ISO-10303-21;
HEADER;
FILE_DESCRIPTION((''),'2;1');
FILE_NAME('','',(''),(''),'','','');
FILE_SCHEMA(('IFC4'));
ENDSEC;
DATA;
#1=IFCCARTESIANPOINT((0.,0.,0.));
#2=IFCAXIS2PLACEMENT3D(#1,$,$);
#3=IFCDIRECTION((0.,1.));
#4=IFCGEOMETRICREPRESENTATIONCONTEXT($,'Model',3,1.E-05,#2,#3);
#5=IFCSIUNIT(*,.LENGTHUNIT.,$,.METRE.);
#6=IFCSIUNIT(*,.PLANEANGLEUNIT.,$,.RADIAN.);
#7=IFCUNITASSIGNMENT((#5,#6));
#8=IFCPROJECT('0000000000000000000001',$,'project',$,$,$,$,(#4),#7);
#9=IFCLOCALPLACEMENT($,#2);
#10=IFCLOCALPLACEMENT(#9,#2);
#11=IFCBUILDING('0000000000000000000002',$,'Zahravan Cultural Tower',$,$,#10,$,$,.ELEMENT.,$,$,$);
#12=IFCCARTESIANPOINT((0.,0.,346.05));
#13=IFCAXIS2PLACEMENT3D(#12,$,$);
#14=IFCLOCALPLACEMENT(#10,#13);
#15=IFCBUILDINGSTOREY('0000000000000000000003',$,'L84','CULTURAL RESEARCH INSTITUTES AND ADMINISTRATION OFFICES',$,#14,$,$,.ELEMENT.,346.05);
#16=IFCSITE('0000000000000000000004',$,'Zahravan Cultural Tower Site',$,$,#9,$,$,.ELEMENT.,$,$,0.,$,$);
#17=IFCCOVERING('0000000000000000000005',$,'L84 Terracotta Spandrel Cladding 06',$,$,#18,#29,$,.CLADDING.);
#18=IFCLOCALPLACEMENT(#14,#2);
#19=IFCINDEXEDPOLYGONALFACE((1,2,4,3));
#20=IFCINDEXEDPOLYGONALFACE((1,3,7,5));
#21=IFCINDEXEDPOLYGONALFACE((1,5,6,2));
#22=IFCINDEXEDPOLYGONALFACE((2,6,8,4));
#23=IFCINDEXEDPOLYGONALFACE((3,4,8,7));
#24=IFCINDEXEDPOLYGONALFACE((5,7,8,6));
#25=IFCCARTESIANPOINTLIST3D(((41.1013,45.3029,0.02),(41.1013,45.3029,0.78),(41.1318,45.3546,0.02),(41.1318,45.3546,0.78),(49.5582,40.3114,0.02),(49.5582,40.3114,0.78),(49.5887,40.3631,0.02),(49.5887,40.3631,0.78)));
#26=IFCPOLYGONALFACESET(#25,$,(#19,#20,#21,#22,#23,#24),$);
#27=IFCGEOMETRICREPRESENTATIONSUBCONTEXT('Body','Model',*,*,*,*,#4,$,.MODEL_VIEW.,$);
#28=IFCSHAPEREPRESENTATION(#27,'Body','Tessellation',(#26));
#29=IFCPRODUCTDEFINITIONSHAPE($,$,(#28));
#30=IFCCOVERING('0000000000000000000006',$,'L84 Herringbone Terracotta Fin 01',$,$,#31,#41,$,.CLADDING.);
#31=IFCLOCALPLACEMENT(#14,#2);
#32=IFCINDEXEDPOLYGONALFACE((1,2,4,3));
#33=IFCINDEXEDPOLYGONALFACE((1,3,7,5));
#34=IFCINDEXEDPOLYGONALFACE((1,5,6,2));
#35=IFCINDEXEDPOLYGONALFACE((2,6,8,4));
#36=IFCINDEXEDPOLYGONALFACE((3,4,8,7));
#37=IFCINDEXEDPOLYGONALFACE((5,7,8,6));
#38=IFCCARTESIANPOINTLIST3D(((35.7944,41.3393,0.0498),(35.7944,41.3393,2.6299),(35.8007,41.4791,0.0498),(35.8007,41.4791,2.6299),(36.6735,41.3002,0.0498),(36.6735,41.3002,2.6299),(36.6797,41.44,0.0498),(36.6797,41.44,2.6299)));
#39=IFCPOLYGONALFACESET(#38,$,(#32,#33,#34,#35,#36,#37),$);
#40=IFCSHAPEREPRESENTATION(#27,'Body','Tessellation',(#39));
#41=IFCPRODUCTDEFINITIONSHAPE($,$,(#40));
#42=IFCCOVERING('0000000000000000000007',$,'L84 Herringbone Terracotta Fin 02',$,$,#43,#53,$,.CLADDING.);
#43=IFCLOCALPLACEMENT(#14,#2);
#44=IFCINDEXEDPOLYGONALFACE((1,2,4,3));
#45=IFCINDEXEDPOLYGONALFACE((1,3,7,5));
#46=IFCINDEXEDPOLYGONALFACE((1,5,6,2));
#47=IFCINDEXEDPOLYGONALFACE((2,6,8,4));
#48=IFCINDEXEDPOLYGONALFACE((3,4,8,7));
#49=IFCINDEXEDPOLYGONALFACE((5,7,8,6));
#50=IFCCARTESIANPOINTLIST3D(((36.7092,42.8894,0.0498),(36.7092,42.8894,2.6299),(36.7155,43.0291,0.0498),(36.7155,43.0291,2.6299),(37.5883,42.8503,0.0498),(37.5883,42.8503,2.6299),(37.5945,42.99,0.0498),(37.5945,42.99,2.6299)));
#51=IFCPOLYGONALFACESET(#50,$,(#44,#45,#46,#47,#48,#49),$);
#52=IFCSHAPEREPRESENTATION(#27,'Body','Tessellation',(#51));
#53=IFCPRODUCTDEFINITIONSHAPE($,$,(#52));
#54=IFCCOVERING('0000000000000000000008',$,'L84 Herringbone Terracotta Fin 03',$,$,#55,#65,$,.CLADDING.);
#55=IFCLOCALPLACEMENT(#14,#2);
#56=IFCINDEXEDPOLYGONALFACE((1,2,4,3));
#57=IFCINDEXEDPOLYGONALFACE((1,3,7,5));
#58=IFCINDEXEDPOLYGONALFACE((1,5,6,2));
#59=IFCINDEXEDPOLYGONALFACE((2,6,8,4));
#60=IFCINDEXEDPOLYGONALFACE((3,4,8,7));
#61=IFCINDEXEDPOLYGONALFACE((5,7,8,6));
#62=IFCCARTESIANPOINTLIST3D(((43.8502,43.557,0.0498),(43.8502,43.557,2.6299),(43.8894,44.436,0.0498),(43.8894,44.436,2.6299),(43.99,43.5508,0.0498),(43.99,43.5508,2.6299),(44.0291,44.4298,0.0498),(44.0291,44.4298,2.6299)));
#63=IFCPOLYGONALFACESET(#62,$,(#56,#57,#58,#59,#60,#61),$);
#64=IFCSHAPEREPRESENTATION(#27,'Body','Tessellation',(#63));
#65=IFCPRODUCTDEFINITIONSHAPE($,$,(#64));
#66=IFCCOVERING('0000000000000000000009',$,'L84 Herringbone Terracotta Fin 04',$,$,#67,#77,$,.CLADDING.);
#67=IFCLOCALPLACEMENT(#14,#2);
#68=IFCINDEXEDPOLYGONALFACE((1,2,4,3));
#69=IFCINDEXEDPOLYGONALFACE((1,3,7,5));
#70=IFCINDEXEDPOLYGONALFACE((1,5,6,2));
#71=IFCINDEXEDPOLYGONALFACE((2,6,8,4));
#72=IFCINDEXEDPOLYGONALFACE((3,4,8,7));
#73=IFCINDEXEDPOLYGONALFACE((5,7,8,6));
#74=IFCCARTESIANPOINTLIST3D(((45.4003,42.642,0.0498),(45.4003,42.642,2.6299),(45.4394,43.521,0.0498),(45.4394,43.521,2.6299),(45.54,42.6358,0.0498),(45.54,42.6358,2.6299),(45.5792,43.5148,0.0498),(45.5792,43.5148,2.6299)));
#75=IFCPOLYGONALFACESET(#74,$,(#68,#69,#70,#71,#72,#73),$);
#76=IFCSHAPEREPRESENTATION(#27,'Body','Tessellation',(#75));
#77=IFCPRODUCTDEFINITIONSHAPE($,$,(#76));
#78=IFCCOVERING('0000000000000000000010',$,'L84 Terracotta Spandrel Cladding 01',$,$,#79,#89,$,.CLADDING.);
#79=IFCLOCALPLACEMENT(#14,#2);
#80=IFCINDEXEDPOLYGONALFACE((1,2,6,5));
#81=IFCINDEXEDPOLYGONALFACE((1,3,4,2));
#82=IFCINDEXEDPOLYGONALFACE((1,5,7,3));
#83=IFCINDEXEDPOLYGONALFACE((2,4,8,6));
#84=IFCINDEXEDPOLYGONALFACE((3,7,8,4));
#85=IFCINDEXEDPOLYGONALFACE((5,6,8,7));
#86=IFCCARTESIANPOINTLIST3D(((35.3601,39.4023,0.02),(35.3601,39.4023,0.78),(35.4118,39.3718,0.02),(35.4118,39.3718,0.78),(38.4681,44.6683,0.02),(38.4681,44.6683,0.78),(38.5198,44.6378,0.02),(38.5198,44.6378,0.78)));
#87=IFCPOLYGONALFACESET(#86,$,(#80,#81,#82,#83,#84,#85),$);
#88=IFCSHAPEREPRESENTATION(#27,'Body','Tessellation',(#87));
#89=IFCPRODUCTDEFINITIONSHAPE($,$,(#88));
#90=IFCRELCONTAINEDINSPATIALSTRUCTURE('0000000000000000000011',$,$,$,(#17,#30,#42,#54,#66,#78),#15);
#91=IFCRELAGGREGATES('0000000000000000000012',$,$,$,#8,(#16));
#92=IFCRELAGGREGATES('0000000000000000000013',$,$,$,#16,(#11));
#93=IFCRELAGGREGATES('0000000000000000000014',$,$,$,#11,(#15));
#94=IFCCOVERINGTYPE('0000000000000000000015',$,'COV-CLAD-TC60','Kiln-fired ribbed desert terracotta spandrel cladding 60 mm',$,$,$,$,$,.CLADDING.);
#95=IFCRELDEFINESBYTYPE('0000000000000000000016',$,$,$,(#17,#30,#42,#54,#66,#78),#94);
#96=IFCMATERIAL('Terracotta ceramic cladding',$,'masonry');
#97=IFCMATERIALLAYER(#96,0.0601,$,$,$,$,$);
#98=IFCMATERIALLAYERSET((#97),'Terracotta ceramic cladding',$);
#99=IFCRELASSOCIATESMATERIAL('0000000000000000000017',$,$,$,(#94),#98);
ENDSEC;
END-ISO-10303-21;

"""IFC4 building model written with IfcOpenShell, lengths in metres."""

from ifc_helpers import new_model, si_unit, direction, frame, origin, origin_2d, place, context, subcontext, project, spatial, rectangle, extrude, source, transform, mapped, material, layer, layer_set, type_object, element, save


model = new_model("IFC4")

# Units and contexts
model_context = context("Model", 3, precision=1e-05, world=origin(), true_north=direction((0.0, 1.0)))
body_context = subcontext(model_context, "Body", "Model", "MODEL_VIEW")
ifc_project = project(units=[si_unit("LENGTHUNIT", "METRE"), si_unit("PLANEANGLEUNIT", "RADIAN")], contexts=[model_context])

# Site, building, storey
site_placement = place(None, origin())
site = spatial("IfcSite", under=ifc_project, at=site_placement, Name="Zahravan Cultural Tower Site", CompositionType="ELEMENT", RefElevation=0.0)
building_placement = place(site_placement, origin())
building = spatial("IfcBuilding", under=site, at=building_placement, Name="Zahravan Cultural Tower", CompositionType="ELEMENT")
storey_placement = place(building_placement, frame((0.0, 0.0, 346.05)))
storey = spatial("IfcBuildingStorey", under=building, at=storey_placement, Name="L84", Description="CULTURAL RESEARCH INSTITUTES AND ADMINISTRATION OFFICES", CompositionType="ELEMENT", Elevation=346.05)

# Coverings
ifc_material_1 = material(Name="Terracotta ceramic cladding", Category="masonry")
ifc_layer_1 = layer(ifc_material_1, 0.0601)
ifc_layer_set_1 = layer_set([ifc_layer_1], Name="Terracotta ceramic cladding")
covering_type = type_object("IfcCoveringType", Name="COV-CLAD-TC60", Description="Kiln-fired ribbed desert terracotta spandrel cladding 60 mm", PredefinedType="CLADDING", material=ifc_layer_set_1)
shared_shape_1 = source(origin(), body_context, "Body", "SweptSolid", [
    extrude(rectangle(XDim=9.8201, YDim=0.0601, at=origin_2d()), origin(), (0.0, 0.0, 1.0), 0.76),
])
covering_1_placement = place(storey_placement, frame((45.345, 42.833, 0.02), z_axis=(0.0, 0.0, 1.0), x_axis=(0.861186, -0.50829, 0.0)))
element("IfcCovering", 1, at=covering_1_placement, inside=storey, type_object=covering_type, Name="L84 Terracotta Spandrel Cladding 06", PredefinedType="CLADDING", context=body_context, shape_type="MappedRepresentation", body=[
    mapped(shared_shape_1, transform((0.0, 0.0, 0.0), x_axis=(1.0, 0.0, 0.0), y_axis=(0.0, 1.0, 0.0), z_axis=(0.0, 0.0, 1.0), scale=1.0)),
])
shared_shape_2 = source(origin(), body_context, "Body", "SweptSolid", [
    extrude(rectangle(XDim=0.8799, YDim=0.1399, at=origin_2d()), origin(), (0.0, 0.0, 1.0), 2.5801),
])
for number, where, z_axis, x_axis, name in (
    (2, (36.2371, 41.3896, 0.0498), (0.0, 0.0, 1.0), (-0.999011, 0.044474, 0.0), "L84 Herringbone Terracotta Fin 01"),
    (3, (37.1519, 42.9397, 0.0498), (0.0, 0.0, 1.0), (-0.999011, 0.044474, 0.0), "L84 Herringbone Terracotta Fin 02"),
    (4, (43.9397, 43.9934, 0.0498), (0.0, 0.0, 1.0), (0.044491, 0.99901, 0.0), "L84 Herringbone Terracotta Fin 03"),
    (5, (45.4897, 43.0784, 0.0498), (0.0, 0.0, 1.0), (0.044491, 0.99901, 0.0), "L84 Herringbone Terracotta Fin 04"),
):
    element("IfcCovering", number, at=place(storey_placement, frame(where, z_axis=z_axis, x_axis=x_axis)), inside=storey, type_object=covering_type, Name=name, PredefinedType="CLADDING", context=body_context, shape_type="MappedRepresentation", body=[
        mapped(shared_shape_2, transform((0.0, 0.0, 0.0), x_axis=(1.0, 0.0, 0.0), y_axis=(0.0, 1.0, 0.0), z_axis=(0.0, 0.0, 1.0), scale=1.0)),
    ])
shared_shape_3 = source(origin(), body_context, "Body", "SweptSolid", [
    extrude(rectangle(XDim=6.1147, YDim=0.0601, at=origin_2d()), origin(), (0.0, 0.0, 1.0), 0.76),
])
covering_2_placement = place(storey_placement, frame((36.9399, 42.02, 0.02), z_axis=(0.0, 0.0, 1.0), x_axis=(0.508275, 0.861195, 0.0)))
element("IfcCovering", 6, at=covering_2_placement, inside=storey, type_object=covering_type, Name="L84 Terracotta Spandrel Cladding 01", PredefinedType="CLADDING", context=body_context, shape_type="MappedRepresentation", body=[
    mapped(shared_shape_3, transform((0.0, 0.0, 0.0), x_axis=(1.0, 0.0, 0.0), y_axis=(0.0, 1.0, 0.0), z_axis=(0.0, 0.0, 1.0), scale=1.0)),
])

save(model, "model.ifc")
